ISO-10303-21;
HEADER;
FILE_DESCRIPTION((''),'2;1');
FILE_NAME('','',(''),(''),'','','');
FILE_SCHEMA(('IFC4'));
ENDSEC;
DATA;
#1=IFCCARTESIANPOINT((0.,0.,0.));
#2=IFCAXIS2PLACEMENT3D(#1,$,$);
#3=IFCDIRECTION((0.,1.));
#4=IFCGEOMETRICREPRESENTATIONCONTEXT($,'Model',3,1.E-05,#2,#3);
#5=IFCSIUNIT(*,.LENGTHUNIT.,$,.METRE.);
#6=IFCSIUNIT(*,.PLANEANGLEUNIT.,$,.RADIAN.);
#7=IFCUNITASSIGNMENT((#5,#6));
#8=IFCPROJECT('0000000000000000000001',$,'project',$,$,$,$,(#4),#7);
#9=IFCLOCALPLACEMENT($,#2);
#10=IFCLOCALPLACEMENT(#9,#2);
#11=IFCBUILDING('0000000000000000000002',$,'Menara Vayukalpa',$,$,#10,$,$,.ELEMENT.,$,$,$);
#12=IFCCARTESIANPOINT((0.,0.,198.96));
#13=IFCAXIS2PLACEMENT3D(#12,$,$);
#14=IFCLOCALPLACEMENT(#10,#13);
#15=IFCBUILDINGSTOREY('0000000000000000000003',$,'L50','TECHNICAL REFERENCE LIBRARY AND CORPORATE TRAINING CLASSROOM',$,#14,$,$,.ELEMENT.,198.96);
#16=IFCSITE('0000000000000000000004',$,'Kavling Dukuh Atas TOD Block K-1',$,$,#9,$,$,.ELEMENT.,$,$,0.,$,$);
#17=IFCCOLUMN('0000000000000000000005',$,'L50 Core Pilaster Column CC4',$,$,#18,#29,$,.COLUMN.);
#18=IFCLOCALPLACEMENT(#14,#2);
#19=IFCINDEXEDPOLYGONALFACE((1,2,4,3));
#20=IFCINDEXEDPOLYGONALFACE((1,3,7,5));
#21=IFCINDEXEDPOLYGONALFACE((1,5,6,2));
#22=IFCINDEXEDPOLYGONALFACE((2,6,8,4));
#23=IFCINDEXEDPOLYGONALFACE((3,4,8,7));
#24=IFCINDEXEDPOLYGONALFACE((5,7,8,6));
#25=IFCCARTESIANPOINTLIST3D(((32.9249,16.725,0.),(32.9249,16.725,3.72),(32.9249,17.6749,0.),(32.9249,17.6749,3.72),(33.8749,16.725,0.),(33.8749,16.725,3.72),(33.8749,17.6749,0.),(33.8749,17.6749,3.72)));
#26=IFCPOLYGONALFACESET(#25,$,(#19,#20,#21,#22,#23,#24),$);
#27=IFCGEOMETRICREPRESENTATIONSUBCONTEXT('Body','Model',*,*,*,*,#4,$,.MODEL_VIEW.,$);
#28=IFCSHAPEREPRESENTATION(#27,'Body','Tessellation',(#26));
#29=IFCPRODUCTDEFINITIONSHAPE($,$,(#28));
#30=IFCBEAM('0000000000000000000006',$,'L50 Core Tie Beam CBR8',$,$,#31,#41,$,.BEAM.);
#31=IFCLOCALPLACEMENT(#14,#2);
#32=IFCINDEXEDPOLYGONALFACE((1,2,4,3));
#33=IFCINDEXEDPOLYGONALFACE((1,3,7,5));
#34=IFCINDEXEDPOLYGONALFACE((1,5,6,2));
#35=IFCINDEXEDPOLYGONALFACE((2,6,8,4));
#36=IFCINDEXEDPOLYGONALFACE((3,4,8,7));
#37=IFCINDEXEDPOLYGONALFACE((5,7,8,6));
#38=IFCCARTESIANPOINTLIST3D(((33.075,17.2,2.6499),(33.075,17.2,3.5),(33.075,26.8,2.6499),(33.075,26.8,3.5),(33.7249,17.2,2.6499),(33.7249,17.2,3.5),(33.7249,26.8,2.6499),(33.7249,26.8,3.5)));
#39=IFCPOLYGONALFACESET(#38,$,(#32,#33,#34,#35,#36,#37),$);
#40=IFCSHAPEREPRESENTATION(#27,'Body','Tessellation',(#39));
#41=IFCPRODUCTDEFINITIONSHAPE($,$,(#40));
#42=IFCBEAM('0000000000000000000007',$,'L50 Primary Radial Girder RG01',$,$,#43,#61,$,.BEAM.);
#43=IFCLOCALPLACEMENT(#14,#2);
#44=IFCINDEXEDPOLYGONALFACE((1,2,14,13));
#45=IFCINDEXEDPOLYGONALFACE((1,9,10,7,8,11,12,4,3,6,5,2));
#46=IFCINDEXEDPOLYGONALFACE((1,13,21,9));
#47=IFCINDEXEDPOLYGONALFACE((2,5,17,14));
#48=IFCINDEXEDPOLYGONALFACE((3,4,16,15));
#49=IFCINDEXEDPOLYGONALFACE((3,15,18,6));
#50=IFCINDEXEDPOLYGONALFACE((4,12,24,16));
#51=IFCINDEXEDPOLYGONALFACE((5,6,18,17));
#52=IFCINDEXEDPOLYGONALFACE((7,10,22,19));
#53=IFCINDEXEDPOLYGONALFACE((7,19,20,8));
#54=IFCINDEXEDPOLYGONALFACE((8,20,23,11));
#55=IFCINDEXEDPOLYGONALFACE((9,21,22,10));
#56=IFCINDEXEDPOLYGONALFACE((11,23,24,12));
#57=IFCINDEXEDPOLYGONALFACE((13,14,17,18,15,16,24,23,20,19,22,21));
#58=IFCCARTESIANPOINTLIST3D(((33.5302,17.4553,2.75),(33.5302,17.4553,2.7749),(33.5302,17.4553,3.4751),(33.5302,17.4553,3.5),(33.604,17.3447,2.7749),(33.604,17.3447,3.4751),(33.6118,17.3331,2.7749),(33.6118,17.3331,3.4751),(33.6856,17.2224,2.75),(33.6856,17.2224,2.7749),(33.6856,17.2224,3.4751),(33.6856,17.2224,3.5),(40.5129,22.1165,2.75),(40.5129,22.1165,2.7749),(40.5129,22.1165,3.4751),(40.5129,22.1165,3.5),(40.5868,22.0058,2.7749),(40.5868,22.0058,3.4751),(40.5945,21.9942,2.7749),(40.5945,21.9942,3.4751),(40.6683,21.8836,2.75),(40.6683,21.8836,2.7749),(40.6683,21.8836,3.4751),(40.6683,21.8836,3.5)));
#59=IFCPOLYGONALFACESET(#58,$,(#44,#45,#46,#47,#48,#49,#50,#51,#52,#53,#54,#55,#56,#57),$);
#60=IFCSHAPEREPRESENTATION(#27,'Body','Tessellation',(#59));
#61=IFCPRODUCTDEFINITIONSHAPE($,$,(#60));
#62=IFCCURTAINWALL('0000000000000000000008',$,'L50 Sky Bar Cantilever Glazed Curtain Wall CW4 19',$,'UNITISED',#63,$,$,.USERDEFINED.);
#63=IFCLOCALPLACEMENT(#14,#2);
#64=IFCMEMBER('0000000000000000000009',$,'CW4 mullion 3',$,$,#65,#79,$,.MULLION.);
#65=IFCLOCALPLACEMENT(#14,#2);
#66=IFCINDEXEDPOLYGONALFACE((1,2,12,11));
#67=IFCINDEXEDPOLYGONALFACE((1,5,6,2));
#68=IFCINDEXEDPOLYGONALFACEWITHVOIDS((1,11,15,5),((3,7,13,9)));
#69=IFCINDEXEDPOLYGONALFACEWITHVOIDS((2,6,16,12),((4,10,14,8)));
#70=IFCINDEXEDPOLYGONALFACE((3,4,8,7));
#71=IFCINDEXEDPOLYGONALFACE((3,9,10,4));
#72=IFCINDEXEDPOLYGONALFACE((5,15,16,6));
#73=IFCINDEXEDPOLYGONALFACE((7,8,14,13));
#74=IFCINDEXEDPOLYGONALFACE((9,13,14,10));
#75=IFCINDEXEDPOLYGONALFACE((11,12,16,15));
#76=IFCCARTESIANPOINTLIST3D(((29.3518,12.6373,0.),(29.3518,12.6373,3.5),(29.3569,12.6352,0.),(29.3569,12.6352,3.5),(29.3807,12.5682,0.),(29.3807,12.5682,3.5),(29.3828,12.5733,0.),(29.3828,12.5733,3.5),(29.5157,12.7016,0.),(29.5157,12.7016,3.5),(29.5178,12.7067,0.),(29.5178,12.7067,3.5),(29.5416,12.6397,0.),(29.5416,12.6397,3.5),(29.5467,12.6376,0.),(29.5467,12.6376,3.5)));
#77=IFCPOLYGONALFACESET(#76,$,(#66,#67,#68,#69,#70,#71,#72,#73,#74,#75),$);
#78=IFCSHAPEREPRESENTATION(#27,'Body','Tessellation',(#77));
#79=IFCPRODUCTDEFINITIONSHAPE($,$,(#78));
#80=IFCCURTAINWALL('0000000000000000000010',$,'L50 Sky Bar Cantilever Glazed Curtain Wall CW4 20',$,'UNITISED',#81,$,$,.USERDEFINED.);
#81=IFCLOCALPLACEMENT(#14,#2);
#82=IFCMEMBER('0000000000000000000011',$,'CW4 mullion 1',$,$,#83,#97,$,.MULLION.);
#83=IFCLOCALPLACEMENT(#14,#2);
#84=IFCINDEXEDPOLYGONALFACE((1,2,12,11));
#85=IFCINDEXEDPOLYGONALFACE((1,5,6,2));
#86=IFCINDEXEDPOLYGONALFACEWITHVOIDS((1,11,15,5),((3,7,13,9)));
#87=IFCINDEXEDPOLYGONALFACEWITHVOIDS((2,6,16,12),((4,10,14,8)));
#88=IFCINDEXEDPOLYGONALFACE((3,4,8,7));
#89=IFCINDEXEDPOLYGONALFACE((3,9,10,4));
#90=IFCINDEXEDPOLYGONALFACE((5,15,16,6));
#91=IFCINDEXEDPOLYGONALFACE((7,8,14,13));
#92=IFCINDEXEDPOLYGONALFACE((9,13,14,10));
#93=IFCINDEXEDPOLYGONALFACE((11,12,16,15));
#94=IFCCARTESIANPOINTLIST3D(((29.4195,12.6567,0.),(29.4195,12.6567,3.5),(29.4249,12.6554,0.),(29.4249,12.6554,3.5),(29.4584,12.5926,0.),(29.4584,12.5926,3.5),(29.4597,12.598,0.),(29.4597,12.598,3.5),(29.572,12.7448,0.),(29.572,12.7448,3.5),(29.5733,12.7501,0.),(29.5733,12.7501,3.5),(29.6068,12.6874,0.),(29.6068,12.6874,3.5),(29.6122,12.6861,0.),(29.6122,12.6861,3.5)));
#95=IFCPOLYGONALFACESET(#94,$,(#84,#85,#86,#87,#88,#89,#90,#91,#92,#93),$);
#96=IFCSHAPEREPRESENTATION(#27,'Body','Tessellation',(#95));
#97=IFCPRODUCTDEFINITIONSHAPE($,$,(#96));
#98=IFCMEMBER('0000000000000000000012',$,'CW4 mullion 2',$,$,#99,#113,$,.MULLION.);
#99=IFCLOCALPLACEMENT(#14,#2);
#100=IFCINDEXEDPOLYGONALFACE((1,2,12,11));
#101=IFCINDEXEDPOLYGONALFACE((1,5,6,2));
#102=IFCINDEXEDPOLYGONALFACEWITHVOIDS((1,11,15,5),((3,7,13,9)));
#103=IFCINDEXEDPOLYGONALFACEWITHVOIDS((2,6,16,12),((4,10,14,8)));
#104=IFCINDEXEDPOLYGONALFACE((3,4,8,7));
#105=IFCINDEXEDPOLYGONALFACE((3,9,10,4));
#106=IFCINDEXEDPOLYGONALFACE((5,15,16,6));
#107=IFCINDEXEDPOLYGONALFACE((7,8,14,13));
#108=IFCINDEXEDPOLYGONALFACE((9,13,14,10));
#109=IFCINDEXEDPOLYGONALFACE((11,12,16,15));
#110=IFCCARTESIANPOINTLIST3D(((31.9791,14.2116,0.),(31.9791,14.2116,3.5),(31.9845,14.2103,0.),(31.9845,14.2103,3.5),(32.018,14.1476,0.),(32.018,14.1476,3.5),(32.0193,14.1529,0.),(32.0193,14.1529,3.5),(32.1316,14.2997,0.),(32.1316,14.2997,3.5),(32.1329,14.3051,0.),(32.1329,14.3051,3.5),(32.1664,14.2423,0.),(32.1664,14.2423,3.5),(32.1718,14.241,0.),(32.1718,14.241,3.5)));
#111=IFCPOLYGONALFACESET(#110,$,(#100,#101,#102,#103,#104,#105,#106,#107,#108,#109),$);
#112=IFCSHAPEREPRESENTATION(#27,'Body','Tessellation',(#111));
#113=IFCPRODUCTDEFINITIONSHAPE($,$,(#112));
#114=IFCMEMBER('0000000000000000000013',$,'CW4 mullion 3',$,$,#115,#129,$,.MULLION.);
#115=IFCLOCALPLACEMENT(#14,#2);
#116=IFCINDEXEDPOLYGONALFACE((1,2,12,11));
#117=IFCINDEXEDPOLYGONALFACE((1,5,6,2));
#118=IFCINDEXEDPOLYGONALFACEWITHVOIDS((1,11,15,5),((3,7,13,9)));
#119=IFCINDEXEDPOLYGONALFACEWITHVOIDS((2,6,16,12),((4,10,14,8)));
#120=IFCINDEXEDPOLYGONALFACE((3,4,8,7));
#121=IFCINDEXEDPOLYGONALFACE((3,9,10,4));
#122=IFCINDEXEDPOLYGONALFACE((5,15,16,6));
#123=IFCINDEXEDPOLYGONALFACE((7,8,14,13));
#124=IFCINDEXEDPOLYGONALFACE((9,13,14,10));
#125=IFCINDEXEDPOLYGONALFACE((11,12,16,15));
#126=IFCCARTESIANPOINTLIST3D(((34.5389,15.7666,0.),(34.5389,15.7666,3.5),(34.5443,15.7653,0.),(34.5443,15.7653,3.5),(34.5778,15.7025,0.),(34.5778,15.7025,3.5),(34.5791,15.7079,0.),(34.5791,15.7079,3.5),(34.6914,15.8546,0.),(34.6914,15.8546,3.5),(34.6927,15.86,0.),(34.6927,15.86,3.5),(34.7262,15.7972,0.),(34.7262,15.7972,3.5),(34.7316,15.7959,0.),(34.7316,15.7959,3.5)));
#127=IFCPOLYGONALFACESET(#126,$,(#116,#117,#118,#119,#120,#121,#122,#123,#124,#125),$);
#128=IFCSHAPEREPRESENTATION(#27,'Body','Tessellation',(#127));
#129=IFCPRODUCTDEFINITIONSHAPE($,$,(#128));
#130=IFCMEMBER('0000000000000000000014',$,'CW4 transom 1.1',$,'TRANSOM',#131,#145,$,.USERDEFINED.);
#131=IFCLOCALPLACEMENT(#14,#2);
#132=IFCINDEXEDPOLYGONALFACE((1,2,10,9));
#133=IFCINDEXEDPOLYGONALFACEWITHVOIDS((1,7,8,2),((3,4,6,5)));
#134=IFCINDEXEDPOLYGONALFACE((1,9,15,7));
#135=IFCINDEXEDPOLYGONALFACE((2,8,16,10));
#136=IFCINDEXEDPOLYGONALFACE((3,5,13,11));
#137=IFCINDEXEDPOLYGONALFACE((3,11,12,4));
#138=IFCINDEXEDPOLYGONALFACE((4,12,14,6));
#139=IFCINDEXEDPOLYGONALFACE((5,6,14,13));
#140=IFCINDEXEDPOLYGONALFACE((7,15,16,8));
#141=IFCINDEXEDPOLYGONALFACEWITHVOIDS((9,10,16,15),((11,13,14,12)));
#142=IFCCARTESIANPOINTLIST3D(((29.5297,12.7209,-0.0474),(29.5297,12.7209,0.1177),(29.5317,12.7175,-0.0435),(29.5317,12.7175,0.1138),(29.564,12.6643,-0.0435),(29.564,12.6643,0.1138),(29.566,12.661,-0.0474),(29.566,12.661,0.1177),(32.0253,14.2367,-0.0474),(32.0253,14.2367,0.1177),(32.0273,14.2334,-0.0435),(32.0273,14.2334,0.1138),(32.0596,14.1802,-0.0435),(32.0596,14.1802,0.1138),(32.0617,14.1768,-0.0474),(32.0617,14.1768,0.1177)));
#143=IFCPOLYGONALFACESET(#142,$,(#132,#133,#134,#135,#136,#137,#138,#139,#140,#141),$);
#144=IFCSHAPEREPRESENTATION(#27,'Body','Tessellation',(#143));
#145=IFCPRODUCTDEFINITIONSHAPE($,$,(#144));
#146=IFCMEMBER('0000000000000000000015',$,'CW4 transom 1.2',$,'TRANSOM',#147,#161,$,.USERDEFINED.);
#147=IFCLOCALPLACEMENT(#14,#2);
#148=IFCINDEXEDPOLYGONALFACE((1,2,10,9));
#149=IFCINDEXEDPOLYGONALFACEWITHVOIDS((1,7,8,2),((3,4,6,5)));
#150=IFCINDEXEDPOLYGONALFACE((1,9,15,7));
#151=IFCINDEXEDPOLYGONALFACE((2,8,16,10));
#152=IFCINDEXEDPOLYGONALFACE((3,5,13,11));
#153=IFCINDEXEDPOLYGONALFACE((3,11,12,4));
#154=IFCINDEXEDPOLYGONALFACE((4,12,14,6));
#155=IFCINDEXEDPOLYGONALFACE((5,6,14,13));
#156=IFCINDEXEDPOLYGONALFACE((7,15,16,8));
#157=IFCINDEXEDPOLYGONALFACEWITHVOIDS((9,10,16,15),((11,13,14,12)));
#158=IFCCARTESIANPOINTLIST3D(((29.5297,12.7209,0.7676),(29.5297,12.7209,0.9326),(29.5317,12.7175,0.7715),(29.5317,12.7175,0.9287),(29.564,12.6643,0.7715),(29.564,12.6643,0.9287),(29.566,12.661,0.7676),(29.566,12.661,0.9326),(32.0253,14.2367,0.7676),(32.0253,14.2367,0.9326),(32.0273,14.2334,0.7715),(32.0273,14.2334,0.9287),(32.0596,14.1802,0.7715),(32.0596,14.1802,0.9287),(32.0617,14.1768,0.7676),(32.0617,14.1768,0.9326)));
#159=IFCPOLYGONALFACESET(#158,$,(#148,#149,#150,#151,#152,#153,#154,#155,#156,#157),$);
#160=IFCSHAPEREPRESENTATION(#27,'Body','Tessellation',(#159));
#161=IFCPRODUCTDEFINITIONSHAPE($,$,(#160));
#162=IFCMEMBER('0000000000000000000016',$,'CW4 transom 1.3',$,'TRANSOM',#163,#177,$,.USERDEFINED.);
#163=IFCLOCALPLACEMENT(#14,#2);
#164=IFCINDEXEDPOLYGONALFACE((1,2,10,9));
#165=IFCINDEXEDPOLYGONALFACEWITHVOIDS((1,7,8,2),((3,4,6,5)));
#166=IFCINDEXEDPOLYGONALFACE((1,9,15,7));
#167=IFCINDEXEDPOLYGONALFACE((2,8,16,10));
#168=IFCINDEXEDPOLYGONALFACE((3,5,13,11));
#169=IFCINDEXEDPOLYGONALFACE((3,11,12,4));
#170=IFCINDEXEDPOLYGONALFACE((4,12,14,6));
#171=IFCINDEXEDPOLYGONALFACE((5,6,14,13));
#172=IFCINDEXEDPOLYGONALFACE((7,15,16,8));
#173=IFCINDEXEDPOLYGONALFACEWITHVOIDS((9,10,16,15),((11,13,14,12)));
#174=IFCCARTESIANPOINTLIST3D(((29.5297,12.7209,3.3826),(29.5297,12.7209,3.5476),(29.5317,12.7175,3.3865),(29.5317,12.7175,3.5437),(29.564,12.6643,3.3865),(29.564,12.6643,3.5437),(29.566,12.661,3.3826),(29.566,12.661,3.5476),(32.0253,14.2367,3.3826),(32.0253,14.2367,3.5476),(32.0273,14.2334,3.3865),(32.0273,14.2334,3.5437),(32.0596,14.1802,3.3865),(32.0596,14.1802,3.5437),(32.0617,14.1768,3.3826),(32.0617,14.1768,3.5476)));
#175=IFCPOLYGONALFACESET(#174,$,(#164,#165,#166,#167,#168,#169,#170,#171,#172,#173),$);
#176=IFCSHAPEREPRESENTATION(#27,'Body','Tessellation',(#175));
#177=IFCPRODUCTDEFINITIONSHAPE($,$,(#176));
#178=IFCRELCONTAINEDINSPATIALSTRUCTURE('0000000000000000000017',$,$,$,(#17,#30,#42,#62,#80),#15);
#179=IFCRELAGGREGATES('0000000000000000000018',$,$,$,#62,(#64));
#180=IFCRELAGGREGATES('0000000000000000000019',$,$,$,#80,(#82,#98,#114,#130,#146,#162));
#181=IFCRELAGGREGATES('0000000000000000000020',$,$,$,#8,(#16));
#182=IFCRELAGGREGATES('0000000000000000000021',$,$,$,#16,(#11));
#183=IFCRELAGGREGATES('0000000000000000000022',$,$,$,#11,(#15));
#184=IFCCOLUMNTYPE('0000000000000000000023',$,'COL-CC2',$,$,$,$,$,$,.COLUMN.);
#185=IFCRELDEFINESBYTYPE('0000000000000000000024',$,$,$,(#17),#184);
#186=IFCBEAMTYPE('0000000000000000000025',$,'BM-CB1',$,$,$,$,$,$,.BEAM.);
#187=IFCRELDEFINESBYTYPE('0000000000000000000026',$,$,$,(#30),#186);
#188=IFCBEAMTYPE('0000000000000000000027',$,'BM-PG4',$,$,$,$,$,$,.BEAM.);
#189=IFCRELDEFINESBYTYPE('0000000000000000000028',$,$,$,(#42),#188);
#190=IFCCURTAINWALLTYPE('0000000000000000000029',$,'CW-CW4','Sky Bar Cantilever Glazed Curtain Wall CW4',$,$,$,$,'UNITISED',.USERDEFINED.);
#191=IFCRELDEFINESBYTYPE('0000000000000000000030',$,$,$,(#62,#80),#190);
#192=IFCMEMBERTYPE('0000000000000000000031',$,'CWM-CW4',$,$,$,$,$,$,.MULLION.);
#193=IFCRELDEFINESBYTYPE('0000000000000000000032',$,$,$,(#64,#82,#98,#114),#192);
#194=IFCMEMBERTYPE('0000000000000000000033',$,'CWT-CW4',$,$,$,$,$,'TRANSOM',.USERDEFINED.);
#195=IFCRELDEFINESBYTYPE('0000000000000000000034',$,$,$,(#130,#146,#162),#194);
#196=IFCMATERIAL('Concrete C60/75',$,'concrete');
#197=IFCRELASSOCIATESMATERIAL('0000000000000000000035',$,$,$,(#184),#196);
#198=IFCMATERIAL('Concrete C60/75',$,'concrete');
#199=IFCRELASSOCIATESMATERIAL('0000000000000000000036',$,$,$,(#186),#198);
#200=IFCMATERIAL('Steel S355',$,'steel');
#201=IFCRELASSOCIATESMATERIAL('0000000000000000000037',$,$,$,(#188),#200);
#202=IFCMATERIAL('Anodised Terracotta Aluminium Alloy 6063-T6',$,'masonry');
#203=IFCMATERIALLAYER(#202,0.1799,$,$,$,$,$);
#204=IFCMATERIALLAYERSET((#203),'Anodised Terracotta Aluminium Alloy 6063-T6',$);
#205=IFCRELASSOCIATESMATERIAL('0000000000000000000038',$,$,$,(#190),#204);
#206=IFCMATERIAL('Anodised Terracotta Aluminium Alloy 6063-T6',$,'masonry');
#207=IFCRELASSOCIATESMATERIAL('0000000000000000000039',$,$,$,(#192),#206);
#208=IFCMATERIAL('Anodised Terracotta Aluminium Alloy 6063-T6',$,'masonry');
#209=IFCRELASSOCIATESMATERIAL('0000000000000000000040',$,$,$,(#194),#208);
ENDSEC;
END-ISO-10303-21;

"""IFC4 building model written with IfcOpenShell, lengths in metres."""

from ifc_helpers import new_model, si_unit, direction, frame, origin, origin_2d, place, context, subcontext, project, spatial, rectangle, hollow_rectangle, i_section, extrude, material, layer, layer_set, material_profile, profile_set, type_object, element, aggregate, save


model = new_model("IFC4")

# Units and contexts
model_context = context("Model", 3, precision=1e-05, world=origin(), true_north=direction((0.0, 1.0)))
body_context = subcontext(model_context, "Body", "Model", "MODEL_VIEW")
ifc_project = project(units=[si_unit("LENGTHUNIT", "METRE"), si_unit("PLANEANGLEUNIT", "RADIAN")], contexts=[model_context])

# Site, building, storey
site_placement = place(None, origin())
site = spatial("IfcSite", under=ifc_project, at=site_placement, Name="Kavling Dukuh Atas TOD Block K-1", CompositionType="ELEMENT", RefElevation=0.0)
building_placement = place(site_placement, origin())
building = spatial("IfcBuilding", under=site, at=building_placement, Name="Menara Vayukalpa", CompositionType="ELEMENT")
storey_placement = place(building_placement, frame((0.0, 0.0, 198.96)))
storey = spatial("IfcBuildingStorey", under=building, at=storey_placement, Name="L50", Description="TECHNICAL REFERENCE LIBRARY AND CORPORATE TRAINING CLASSROOM", CompositionType="ELEMENT", Elevation=198.96)

# Column
ifc_material_1 = material(Name="Concrete C60/75", Category="concrete")
ifc_material_profile_1 = material_profile(ifc_material_1, rectangle(XDim=0.95, YDim=0.95, at=origin_2d()), Name="RC 950x950")
ifc_profile_set_1 = profile_set([ifc_material_profile_1], Name="Concrete C60/75")
column_type = type_object("IfcColumnType", Name="COL-CC2", PredefinedType="COLUMN", material=ifc_profile_set_1)
column_placement = place(storey_placement, frame((33.3999, 17.2, 0.0), z_axis=(0.0, 0.0, 1.0), x_axis=(1.0, 0.0, 0.0)))
element("IfcColumn", 1, at=column_placement, inside=storey, type_object=column_type, Name="L50 Core Pilaster Column CC4", PredefinedType="COLUMN", context=body_context, shape_type="SweptSolid", body=[
    extrude(rectangle(XDim=0.95, YDim=0.95, at=origin_2d()), origin(), (0.0, 0.0, 1.0), 3.72),
])

# Beams
ifc_material_2 = material(Name="Concrete C60/75", Category="concrete")
ifc_material_profile_2 = material_profile(ifc_material_2, rectangle(XDim=0.6499, YDim=0.8501, at=origin_2d()), Name="RC 650x850")
ifc_profile_set_2 = profile_set([ifc_material_profile_2], Name="Concrete C60/75")
beam_type_1 = type_object("IfcBeamType", Name="BM-CB1", PredefinedType="BEAM", material=ifc_profile_set_2)
beam_1_placement = place(storey_placement, frame((33.3999, 17.2, 3.075), z_axis=(0.0, 1.0, 0.0), x_axis=(-1.0, 0.0, 0.0)))
element("IfcBeam", 2, at=beam_1_placement, inside=storey, type_object=beam_type_1, Name="L50 Core Tie Beam CBR8", PredefinedType="BEAM", context=body_context, shape_type="SweptSolid", body=[
    extrude(rectangle(XDim=0.6499, YDim=0.8501, at=origin_2d()), origin(), (0.0, 0.0, 1.0), 9.6001),
])
ifc_material_3 = material(Name="Steel S355", Category="steel")
ifc_material_profile_3 = material_profile(ifc_material_3, i_section(OverallWidth=0.28, OverallDepth=0.75, WebThickness=0.0139, FlangeThickness=0.0249, at=origin_2d()), Name="WF 750x280x14x25")
ifc_profile_set_3 = profile_set([ifc_material_profile_3], Name="Steel S355")
beam_type_2 = type_object("IfcBeamType", Name="BM-PG4", PredefinedType="BEAM", material=ifc_profile_set_3)
beam_2_placement = place(storey_placement, frame((33.6079, 17.3389, 3.125), z_axis=(0.831719, 0.555197, 0.0), x_axis=(-0.555197, 0.831719, 0.0)))
element("IfcBeam", 3, at=beam_2_placement, inside=storey, type_object=beam_type_2, Name="L50 Primary Radial Girder RG01", PredefinedType="BEAM", context=body_context, shape_type="SweptSolid", body=[
    extrude(i_section(OverallWidth=0.28, OverallDepth=0.75, WebThickness=0.0139, FlangeThickness=0.0249, at=origin_2d()), origin(), (0.0, 0.0, 1.0), 8.3955),
])

# Curtain wall, member
ifc_material_4 = material(Name="Anodised Terracotta Aluminium Alloy 6063-T6", Category="masonry")
ifc_layer_1 = layer(ifc_material_4, 0.1799)
ifc_layer_set_1 = layer_set([ifc_layer_1], Name="Anodised Terracotta Aluminium Alloy 6063-T6")
curtain_wall_type = type_object("IfcCurtainWallType", Name="CW-CW4", Description="Sky Bar Cantilever Glazed Curtain Wall CW4", ElementType="UNITISED", PredefinedType="USERDEFINED", material=ifc_layer_set_1)
curtain_wall_1_placement = place(storey_placement, origin())
curtain_wall_1 = element("IfcCurtainWall", 4, at=curtain_wall_1_placement, inside=storey, type_object=curtain_wall_type, Name="L50 Sky Bar Cantilever Glazed Curtain Wall CW4 19", ObjectType="UNITISED", PredefinedType="USERDEFINED")
ifc_material_5 = material(Name="Anodised Terracotta Aluminium Alloy 6063-T6", Category="masonry")
ifc_material_profile_4 = material_profile(ifc_material_5, hollow_rectangle(XDim=0.075, YDim=0.1799, WallThickness=0.0039, at=origin_2d()), Name="ALU 75x180x4")
ifc_profile_set_4 = profile_set([ifc_material_profile_4], Name="Anodised Terracotta Aluminium Alloy 6063-T6")
member_type_1 = type_object("IfcMemberType", Name="CWM-CW4", PredefinedType="MULLION", material=ifc_profile_set_4)
member_1_placement = place(storey_placement, frame((29.4492, 12.6375, 0.0), z_axis=(0.0, 0.0, 1.0), x_axis=(-0.385903, 0.922539, 0.0)))
member_1 = element("IfcMember", 5, at=member_1_placement, type_object=member_type_1, Name="CW4 mullion 3", PredefinedType="MULLION", context=body_context, shape_type="SweptSolid", body=[
    extrude(hollow_rectangle(XDim=0.075, YDim=0.1799, WallThickness=0.0039, at=origin_2d()), origin(), (0.0, 0.0, 1.0), 3.5),
])
aggregate(curtain_wall_1, [member_1])

# Curtain wall, members
curtain_wall_2_placement = place(storey_placement, origin())
curtain_wall_2 = element("IfcCurtainWall", 6, at=curtain_wall_2_placement, inside=storey, type_object=curtain_wall_type, Name="L50 Sky Bar Cantilever Glazed Curtain Wall CW4 20", ObjectType="UNITISED", PredefinedType="USERDEFINED")
member_2_placement = place(storey_placement, frame((29.5159, 12.6714, 0.0), z_axis=(0.0, 0.0, 1.0), x_axis=(-0.51918, 0.854665, 0.0)))
member_2 = element("IfcMember", 7, at=member_2_placement, type_object=member_type_1, Name="CW4 mullion 1", PredefinedType="MULLION", context=body_context, shape_type="SweptSolid", body=[
    extrude(hollow_rectangle(XDim=0.075, YDim=0.1799, WallThickness=0.0039, at=origin_2d()), origin(), (0.0, 0.0, 1.0), 3.5),
])
member_3_placement = place(storey_placement, frame((32.0754, 14.2263, 0.0), z_axis=(0.0, 0.0, 1.0), x_axis=(-0.51918, 0.854665, 0.0)))
member_3 = element("IfcMember", 8, at=member_3_placement, type_object=member_type_1, Name="CW4 mullion 2", PredefinedType="MULLION", context=body_context, shape_type="SweptSolid", body=[
    extrude(hollow_rectangle(XDim=0.075, YDim=0.1799, WallThickness=0.0039, at=origin_2d()), origin(), (0.0, 0.0, 1.0), 3.5),
])
member_4_placement = place(storey_placement, frame((34.6353, 15.7812, 0.0), z_axis=(0.0, 0.0, 1.0), x_axis=(-0.51918, 0.854665, 0.0)))
member_4 = element("IfcMember", 9, at=member_4_placement, type_object=member_type_1, Name="CW4 mullion 3", PredefinedType="MULLION", context=body_context, shape_type="SweptSolid", body=[
    extrude(hollow_rectangle(XDim=0.075, YDim=0.1799, WallThickness=0.0039, at=origin_2d()), origin(), (0.0, 0.0, 1.0), 3.5),
])
ifc_material_6 = material(Name="Anodised Terracotta Aluminium Alloy 6063-T6", Category="masonry")
ifc_material_profile_5 = material_profile(ifc_material_6, hollow_rectangle(XDim=0.0701, YDim=0.165, WallThickness=0.0039, at=origin_2d()), Name="ALU 70x165x4")
ifc_profile_set_5 = profile_set([ifc_material_profile_5], Name="Anodised Terracotta Aluminium Alloy 6063-T6")
member_type_2 = type_object("IfcMemberType", Name="CWT-CW4", ElementType="TRANSOM", PredefinedType="USERDEFINED", material=ifc_profile_set_5)
member_5_placement = place(storey_placement, frame((29.5479, 12.6909, 0.0352), z_axis=(0.854684, 0.519148, 0.0), x_axis=(-0.519148, 0.854684, 0.0)))
member_5 = element("IfcMember", 10, at=member_5_placement, type_object=member_type_2, Name="CW4 transom 1.1", ObjectType="TRANSOM", PredefinedType="USERDEFINED", context=body_context, shape_type="SweptSolid", body=[
    extrude(hollow_rectangle(XDim=0.0701, YDim=0.165, WallThickness=0.0039, at=origin_2d()), origin(), (0.0, 0.0, 1.0), 2.9199),
])
member_6_placement = place(storey_placement, frame((29.5479, 12.6909, 0.8501), z_axis=(0.854684, 0.519148, 0.0), x_axis=(-0.519148, 0.854684, 0.0)))
member_6 = element("IfcMember", 11, at=member_6_placement, type_object=member_type_2, Name="CW4 transom 1.2", ObjectType="TRANSOM", PredefinedType="USERDEFINED", context=body_context, shape_type="SweptSolid", body=[
    extrude(hollow_rectangle(XDim=0.0701, YDim=0.165, WallThickness=0.0039, at=origin_2d()), origin(), (0.0, 0.0, 1.0), 2.9199),
])
member_7_placement = place(storey_placement, frame((29.5479, 12.6909, 3.4651), z_axis=(0.854684, 0.519148, 0.0), x_axis=(-0.519148, 0.854684, 0.0)))
member_7 = element("IfcMember", 12, at=member_7_placement, type_object=member_type_2, Name="CW4 transom 1.3", ObjectType="TRANSOM", PredefinedType="USERDEFINED", context=body_context, shape_type="SweptSolid", body=[
    extrude(hollow_rectangle(XDim=0.0701, YDim=0.165, WallThickness=0.0039, at=origin_2d()), origin(), (0.0, 0.0, 1.0), 2.9199),
])
aggregate(curtain_wall_2, [member_2, member_3, member_4, member_5, member_6, member_7])

save(model, "model.ifc")
